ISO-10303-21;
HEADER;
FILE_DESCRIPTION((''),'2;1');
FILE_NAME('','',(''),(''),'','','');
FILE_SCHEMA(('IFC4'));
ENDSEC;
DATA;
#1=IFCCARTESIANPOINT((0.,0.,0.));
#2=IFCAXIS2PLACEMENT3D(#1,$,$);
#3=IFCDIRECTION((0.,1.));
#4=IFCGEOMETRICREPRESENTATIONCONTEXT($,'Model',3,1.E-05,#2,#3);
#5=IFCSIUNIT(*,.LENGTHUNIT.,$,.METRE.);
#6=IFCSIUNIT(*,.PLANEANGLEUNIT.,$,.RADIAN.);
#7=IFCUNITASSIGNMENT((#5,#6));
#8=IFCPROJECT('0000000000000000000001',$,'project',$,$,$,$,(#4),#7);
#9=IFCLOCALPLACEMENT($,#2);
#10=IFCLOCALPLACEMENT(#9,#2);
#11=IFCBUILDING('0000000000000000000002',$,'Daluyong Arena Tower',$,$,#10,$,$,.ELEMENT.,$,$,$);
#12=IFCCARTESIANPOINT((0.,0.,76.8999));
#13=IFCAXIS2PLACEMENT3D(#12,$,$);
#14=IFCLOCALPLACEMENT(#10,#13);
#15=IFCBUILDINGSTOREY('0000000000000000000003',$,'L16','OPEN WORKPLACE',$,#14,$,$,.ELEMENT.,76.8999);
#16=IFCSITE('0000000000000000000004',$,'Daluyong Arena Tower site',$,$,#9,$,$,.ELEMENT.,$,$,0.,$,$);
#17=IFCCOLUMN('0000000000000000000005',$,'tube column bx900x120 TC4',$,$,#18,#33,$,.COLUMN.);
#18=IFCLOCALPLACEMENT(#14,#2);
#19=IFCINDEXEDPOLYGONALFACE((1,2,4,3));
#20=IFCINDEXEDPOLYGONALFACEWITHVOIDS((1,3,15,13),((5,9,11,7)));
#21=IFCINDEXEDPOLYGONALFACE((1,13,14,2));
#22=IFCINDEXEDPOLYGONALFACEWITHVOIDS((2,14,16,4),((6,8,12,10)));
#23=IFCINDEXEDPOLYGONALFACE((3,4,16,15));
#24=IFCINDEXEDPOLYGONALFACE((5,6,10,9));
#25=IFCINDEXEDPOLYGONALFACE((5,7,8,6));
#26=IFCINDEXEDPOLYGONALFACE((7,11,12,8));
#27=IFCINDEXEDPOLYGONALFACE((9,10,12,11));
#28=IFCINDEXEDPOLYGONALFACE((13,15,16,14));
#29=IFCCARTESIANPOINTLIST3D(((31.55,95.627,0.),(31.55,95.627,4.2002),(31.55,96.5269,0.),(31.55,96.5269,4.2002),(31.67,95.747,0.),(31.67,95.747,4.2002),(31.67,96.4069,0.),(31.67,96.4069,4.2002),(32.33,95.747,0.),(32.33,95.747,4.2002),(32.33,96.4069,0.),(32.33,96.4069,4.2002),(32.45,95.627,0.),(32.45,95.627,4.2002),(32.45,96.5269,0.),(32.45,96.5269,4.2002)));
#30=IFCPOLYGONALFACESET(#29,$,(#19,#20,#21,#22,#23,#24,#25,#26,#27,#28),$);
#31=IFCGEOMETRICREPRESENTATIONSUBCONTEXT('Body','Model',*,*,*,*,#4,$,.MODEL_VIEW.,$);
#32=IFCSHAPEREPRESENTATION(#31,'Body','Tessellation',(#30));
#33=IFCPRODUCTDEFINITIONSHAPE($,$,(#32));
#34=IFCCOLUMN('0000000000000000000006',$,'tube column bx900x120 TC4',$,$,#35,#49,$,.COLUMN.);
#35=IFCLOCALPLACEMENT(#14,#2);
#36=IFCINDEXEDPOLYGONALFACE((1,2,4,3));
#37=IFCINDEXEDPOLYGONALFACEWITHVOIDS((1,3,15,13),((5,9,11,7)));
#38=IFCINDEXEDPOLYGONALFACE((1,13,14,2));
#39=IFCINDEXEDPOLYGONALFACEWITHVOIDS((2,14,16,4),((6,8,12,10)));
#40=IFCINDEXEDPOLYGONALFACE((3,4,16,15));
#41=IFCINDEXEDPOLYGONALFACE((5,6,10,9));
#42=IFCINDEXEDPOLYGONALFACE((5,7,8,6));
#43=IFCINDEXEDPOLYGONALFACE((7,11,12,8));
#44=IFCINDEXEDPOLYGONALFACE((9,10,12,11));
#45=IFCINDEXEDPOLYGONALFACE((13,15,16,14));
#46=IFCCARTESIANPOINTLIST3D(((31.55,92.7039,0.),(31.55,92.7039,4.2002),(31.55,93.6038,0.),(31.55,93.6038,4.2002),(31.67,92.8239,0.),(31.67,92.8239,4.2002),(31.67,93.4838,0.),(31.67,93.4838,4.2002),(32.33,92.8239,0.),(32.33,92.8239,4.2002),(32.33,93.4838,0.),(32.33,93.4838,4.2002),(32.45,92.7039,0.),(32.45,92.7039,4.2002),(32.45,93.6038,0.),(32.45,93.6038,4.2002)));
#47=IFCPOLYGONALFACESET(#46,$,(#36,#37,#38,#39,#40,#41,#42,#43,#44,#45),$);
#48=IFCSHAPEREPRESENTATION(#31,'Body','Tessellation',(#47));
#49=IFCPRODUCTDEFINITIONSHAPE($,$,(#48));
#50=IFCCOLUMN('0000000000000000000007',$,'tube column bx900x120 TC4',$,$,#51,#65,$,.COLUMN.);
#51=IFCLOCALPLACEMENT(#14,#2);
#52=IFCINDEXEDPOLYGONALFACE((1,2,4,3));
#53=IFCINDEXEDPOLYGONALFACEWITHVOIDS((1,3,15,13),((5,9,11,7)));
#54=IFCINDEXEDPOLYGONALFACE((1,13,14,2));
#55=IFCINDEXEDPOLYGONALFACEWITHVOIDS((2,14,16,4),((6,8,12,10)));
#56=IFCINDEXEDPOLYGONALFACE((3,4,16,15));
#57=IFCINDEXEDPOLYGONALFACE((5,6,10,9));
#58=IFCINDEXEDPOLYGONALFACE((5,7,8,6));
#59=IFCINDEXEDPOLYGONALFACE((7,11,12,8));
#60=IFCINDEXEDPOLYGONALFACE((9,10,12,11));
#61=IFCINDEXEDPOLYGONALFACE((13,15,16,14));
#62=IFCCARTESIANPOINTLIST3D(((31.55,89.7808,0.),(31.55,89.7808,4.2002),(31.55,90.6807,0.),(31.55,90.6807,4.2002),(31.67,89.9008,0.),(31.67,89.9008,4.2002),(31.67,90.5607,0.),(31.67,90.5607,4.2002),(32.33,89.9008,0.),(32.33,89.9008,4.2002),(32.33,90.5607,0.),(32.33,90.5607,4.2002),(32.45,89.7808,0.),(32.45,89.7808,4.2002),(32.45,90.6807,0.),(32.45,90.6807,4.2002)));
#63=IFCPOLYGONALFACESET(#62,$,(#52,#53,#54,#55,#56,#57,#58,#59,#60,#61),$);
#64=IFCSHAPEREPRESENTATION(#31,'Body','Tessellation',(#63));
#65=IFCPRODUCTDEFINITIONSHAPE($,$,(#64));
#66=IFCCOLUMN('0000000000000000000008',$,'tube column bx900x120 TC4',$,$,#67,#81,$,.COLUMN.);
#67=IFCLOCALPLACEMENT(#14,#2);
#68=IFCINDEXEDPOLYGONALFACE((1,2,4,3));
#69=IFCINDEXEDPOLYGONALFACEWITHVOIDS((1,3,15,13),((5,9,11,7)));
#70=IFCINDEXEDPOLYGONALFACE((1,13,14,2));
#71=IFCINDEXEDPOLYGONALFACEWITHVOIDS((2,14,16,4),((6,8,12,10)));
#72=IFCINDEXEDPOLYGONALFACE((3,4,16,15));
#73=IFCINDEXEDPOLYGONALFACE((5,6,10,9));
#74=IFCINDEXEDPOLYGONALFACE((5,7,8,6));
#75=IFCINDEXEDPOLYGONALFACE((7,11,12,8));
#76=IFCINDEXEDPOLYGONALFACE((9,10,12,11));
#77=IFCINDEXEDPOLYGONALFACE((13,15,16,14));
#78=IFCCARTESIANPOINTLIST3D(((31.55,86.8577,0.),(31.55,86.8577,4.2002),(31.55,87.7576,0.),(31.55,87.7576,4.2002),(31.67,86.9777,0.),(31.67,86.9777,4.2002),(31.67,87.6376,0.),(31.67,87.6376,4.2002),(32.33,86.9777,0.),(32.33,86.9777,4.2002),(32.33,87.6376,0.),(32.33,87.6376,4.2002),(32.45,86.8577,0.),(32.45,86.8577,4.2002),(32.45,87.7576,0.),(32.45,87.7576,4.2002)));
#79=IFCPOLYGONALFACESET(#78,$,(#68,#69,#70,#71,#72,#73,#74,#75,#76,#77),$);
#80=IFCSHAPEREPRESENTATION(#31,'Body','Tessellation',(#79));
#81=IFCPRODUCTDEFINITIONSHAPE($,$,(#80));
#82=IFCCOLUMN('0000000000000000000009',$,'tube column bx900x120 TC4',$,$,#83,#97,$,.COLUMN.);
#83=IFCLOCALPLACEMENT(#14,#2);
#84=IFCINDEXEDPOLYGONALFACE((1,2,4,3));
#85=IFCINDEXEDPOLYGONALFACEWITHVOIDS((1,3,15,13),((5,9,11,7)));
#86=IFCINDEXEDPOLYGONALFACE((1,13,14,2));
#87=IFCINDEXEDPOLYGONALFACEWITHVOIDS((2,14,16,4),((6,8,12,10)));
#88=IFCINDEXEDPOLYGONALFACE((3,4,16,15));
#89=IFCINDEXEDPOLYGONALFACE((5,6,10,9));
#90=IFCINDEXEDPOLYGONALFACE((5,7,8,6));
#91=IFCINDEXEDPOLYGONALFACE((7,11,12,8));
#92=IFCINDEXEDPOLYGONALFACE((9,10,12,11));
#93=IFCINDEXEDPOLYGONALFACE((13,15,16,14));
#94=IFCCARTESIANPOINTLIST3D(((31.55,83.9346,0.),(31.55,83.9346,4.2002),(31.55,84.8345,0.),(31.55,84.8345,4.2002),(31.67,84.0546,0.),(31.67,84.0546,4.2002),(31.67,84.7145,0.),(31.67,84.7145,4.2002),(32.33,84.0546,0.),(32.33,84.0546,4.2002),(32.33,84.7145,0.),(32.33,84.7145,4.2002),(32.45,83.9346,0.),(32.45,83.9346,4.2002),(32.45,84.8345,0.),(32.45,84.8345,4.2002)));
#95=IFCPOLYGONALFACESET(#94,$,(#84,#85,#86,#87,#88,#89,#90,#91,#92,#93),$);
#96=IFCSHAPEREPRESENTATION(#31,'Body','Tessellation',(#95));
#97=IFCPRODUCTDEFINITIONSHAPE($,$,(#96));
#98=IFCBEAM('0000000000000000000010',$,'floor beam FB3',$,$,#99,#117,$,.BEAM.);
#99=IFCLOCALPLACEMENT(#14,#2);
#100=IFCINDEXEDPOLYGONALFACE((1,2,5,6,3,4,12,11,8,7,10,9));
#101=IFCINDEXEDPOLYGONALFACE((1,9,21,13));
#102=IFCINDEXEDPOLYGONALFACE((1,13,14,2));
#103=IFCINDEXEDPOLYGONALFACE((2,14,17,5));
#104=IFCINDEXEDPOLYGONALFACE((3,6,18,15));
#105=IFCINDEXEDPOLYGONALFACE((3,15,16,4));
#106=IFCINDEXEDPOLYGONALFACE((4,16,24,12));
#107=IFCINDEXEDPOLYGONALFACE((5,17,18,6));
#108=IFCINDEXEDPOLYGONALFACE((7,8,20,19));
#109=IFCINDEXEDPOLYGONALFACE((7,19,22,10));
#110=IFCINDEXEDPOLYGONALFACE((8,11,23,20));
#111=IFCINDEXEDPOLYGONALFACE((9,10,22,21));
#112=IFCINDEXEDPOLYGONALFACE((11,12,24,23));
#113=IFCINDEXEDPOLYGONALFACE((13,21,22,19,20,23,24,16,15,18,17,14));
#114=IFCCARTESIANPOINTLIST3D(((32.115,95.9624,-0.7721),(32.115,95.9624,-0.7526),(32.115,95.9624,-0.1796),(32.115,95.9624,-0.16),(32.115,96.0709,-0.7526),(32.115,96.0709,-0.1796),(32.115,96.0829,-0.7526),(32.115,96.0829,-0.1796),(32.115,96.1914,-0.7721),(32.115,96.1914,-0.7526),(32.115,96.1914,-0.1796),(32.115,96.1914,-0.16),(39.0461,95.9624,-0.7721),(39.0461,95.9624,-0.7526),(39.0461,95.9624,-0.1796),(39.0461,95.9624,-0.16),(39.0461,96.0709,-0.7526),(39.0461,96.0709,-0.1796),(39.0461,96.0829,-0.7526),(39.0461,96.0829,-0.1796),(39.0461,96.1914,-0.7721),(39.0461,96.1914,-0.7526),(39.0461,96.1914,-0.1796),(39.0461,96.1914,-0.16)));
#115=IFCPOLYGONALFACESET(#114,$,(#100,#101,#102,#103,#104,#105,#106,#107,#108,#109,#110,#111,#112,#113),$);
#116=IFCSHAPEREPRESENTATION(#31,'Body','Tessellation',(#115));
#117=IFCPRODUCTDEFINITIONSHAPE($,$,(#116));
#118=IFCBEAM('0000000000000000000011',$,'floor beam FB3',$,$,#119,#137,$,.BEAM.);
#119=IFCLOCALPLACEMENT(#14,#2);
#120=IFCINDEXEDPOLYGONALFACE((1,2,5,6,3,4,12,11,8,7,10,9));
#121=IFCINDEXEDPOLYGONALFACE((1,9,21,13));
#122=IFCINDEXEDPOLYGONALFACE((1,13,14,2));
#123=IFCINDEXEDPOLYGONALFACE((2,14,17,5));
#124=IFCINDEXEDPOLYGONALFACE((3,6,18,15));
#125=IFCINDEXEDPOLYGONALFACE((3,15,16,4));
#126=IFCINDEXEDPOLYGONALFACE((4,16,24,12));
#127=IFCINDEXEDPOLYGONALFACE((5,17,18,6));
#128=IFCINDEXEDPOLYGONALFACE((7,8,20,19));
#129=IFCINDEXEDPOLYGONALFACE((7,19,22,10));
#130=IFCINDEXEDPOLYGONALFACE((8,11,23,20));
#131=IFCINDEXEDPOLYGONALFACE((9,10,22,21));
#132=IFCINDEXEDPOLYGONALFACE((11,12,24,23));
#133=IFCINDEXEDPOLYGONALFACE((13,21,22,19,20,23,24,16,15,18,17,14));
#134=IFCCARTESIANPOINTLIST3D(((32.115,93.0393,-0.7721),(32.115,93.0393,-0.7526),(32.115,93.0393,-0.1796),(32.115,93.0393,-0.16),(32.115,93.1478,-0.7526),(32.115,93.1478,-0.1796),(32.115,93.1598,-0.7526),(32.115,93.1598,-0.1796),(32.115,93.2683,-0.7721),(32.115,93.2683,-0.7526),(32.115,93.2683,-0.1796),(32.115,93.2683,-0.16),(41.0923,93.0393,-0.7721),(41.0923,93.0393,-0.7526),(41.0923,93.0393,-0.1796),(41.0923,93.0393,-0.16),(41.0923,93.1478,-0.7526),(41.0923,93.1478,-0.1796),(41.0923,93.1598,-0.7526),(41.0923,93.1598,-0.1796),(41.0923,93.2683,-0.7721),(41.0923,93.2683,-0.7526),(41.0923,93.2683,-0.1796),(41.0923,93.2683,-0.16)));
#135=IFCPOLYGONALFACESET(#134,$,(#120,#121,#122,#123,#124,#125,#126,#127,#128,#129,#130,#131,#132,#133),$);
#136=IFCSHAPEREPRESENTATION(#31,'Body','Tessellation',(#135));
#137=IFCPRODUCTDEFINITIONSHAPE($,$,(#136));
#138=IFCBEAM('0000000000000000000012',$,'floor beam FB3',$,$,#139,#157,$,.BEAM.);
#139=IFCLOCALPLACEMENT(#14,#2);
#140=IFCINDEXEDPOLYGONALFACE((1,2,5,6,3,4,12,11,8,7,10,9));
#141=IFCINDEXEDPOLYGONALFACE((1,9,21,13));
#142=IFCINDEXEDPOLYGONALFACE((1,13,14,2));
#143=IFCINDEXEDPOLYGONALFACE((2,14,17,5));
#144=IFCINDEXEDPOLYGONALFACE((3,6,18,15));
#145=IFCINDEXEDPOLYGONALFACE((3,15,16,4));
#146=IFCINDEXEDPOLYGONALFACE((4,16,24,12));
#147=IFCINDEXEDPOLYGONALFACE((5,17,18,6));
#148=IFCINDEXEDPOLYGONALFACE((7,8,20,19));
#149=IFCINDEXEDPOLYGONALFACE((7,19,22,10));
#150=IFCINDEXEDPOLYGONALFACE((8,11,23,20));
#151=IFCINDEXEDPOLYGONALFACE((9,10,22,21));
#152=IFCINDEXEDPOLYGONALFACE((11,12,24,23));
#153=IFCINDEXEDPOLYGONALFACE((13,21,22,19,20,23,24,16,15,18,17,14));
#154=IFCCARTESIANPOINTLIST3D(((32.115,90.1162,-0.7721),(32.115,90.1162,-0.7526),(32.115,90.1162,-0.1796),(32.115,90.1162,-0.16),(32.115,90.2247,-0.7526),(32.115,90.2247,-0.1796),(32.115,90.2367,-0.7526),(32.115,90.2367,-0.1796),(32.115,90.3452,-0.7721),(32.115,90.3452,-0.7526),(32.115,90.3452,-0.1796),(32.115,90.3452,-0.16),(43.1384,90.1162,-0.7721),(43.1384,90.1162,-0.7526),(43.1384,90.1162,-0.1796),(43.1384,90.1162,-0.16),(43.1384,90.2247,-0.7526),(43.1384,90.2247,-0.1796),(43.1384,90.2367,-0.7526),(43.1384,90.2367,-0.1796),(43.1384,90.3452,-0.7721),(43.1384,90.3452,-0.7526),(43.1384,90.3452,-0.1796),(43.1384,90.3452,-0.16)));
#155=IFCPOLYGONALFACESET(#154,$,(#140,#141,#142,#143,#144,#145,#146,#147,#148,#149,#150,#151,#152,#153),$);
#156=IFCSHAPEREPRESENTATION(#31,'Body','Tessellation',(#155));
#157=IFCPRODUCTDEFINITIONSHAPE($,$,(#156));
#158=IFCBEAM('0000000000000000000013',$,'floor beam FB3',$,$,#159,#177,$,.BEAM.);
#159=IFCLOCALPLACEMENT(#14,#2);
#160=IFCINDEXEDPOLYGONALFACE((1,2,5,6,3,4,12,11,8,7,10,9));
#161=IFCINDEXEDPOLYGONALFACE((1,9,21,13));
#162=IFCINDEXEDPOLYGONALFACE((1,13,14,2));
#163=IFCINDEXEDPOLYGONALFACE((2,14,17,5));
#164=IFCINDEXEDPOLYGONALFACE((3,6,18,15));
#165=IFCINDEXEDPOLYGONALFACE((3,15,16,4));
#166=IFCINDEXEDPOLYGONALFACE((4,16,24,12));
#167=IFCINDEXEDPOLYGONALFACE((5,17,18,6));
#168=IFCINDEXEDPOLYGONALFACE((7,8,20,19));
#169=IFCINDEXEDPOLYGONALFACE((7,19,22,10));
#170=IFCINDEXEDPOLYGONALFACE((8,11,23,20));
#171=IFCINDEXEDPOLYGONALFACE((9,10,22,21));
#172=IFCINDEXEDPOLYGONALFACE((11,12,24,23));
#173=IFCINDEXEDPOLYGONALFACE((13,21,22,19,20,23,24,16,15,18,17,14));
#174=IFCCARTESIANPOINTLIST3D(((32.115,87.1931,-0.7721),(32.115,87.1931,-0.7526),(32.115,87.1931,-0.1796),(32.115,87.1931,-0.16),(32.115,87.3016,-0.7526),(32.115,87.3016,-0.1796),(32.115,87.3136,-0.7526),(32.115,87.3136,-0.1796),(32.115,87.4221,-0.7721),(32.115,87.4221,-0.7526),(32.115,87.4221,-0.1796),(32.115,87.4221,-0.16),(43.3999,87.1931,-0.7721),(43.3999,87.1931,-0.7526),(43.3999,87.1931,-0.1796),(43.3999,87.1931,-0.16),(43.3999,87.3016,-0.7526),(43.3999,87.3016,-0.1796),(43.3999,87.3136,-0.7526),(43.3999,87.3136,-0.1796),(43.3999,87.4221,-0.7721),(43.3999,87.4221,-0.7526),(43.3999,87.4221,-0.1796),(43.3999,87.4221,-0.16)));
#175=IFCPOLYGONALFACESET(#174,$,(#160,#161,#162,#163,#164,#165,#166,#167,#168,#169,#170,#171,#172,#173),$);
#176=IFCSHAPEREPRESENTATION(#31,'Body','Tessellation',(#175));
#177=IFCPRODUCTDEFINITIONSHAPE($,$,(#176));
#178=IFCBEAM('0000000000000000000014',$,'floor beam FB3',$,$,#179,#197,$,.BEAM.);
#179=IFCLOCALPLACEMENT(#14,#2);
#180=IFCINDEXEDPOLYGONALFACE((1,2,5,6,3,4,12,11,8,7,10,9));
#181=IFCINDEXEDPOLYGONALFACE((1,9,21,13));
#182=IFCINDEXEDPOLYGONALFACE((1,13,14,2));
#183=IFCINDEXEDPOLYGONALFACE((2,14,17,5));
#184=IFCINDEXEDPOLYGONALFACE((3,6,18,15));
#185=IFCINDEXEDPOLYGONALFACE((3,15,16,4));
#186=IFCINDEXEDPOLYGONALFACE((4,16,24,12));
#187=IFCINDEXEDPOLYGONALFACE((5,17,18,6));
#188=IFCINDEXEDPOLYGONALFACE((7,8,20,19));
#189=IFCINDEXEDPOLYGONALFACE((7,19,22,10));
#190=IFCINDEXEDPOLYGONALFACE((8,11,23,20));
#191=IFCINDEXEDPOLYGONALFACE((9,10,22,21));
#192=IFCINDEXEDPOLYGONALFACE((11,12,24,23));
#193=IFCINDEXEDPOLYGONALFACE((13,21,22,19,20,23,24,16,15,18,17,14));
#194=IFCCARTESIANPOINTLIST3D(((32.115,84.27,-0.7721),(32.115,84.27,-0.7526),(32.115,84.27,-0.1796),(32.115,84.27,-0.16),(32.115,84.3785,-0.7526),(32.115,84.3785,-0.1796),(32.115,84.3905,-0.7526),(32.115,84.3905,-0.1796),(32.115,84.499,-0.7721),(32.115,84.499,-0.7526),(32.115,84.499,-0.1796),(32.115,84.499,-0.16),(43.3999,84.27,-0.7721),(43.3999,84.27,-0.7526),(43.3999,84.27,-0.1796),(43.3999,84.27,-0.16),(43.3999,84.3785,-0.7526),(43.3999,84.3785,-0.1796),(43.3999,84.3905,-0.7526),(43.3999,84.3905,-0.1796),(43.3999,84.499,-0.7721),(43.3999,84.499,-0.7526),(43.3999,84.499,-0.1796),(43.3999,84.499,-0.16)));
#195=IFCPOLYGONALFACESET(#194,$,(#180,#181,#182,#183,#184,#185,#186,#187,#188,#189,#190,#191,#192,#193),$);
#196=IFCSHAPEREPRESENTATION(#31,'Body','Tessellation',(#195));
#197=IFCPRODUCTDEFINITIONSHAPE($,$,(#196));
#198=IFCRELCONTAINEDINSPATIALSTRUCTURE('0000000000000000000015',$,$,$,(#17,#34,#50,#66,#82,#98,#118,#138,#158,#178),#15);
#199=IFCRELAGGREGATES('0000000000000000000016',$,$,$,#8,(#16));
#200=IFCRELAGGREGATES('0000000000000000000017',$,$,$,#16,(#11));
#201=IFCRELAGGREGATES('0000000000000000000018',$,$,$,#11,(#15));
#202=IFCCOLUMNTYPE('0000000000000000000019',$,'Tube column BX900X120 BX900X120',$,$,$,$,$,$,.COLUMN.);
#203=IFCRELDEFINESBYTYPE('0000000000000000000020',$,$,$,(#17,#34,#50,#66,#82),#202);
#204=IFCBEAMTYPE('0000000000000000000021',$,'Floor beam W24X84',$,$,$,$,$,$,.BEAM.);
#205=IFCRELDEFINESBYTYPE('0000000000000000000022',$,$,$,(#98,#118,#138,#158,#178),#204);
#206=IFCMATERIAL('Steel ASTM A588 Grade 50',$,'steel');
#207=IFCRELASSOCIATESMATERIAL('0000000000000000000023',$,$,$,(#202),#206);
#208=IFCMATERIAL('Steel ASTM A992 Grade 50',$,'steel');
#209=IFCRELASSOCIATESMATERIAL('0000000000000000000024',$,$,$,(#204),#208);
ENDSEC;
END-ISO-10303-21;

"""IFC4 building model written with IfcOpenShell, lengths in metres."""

from ifc_helpers import new_model, si_unit, direction, frame, origin, origin_2d, place, context, subcontext, project, spatial, hollow_rectangle, i_section, extrude, material, material_profile, profile_set, type_object, element, save


model = new_model("IFC4")

# Units and contexts
model_context = context("Model", 3, precision=1e-05, world=origin(), true_north=direction((0.0, 1.0)))
body_context = subcontext(model_context, "Body", "Model", "MODEL_VIEW")
ifc_project = project(units=[si_unit("LENGTHUNIT", "METRE"), si_unit("PLANEANGLEUNIT", "RADIAN")], contexts=[model_context])

# Site, building, storey
site_placement = place(None, origin())
site = spatial("IfcSite", under=ifc_project, at=site_placement, Name="Daluyong Arena Tower site", CompositionType="ELEMENT", RefElevation=0.0)
building_placement = place(site_placement, origin())
building = spatial("IfcBuilding", under=site, at=building_placement, Name="Daluyong Arena Tower", CompositionType="ELEMENT")
storey_placement = place(building_placement, frame((0.0, 0.0, 76.8999)))
storey = spatial("IfcBuildingStorey", under=building, at=storey_placement, Name="L16", Description="OPEN WORKPLACE", CompositionType="ELEMENT", Elevation=76.8999)

# Columns
ifc_material_1 = material(Name="Steel ASTM A588 Grade 50", Category="steel")
ifc_material_profile_1 = material_profile(ifc_material_1, hollow_rectangle(XDim=0.8999, YDim=0.8999, WallThickness=0.12, at=origin_2d()))
ifc_profile_set_1 = profile_set([ifc_material_profile_1], Name="Steel ASTM A588 Grade 50")
column_type = type_object("IfcColumnType", Name="Tube column BX900X120 BX900X120", PredefinedType="COLUMN", material=ifc_profile_set_1)
for number, where, z_axis, x_axis, name in (
    (1, (32.0, 96.0769, 0.0), (0.0, 0.0, 1.0), (0.0, 1.0, 0.0), "tube column bx900x120 TC4"),
    (2, (32.0, 93.1538, 0.0), (0.0, 0.0, 1.0), (0.0, 1.0, 0.0), "tube column bx900x120 TC4"),
    (3, (32.0, 90.2307, 0.0), (0.0, 0.0, 1.0), (0.0, 1.0, 0.0), "tube column bx900x120 TC4"),
    (4, (32.0, 87.3076, 0.0), (0.0, 0.0, 1.0), (0.0, 1.0, 0.0), "tube column bx900x120 TC4"),
    (5, (32.0, 84.3845, 0.0), (0.0, 0.0, 1.0), (0.0, 1.0, 0.0), "tube column bx900x120 TC4"),
):
    element("IfcColumn", number, at=place(storey_placement, frame(where, z_axis=z_axis, x_axis=x_axis)), inside=storey, type_object=column_type, Name=name, PredefinedType="COLUMN", context=body_context, shape_type="SweptSolid", body=[
        extrude(hollow_rectangle(XDim=0.8999, YDim=0.8999, WallThickness=0.12, at=origin_2d()), origin(), (0.0, 0.0, 1.0), 4.2002),
    ])

# Beams
ifc_material_2 = material(Name="Steel ASTM A992 Grade 50", Category="steel")
ifc_material_profile_2 = material_profile(ifc_material_2, i_section(OverallWidth=0.229, OverallDepth=0.6121, WebThickness=0.012, FlangeThickness=0.0195, at=origin_2d()))
ifc_profile_set_2 = profile_set([ifc_material_profile_2], Name="Steel ASTM A992 Grade 50")
beam_type_1 = type_object("IfcBeamType", Name="Floor beam W24X84", PredefinedType="BEAM", material=ifc_profile_set_2)
beam_1_placement = place(storey_placement, frame((32.115, 96.0769, -0.4661), z_axis=(1.0, 0.0, 0.0), x_axis=(0.0, 1.0, 0.0)))
element("IfcBeam", 6, at=beam_1_placement, inside=storey, type_object=beam_type_1, Name="floor beam FB3", PredefinedType="BEAM", context=body_context, shape_type="SweptSolid", body=[
    extrude(i_section(OverallWidth=0.229, OverallDepth=0.6121, WebThickness=0.012, FlangeThickness=0.0195, at=origin_2d()), origin(), (0.0, 0.0, 1.0), 6.9312),
])
beam_2_placement = place(storey_placement, frame((32.115, 93.1538, -0.4661), z_axis=(1.0, 0.0, 0.0), x_axis=(0.0, 1.0, 0.0)))
element("IfcBeam", 7, at=beam_2_placement, inside=storey, type_object=beam_type_1, Name="floor beam FB3", PredefinedType="BEAM", context=body_context, shape_type="SweptSolid", body=[
    extrude(i_section(OverallWidth=0.229, OverallDepth=0.6121, WebThickness=0.012, FlangeThickness=0.0195, at=origin_2d()), origin(), (0.0, 0.0, 1.0), 8.9773),
])
beam_3_placement = place(storey_placement, frame((32.115, 90.2307, -0.4661), z_axis=(1.0, 0.0, 0.0), x_axis=(0.0, 1.0, 0.0)))
element("IfcBeam", 8, at=beam_3_placement, inside=storey, type_object=beam_type_1, Name="floor beam FB3", PredefinedType="BEAM", context=body_context, shape_type="SweptSolid", body=[
    extrude(i_section(OverallWidth=0.229, OverallDepth=0.6121, WebThickness=0.012, FlangeThickness=0.0195, at=origin_2d()), origin(), (0.0, 0.0, 1.0), 11.0234),
])
for number, where, z_axis, x_axis, name in (
    (9, (32.115, 87.3076, -0.4661), (1.0, 0.0, 0.0), (0.0, 1.0, 0.0), "floor beam FB3"),
    (10, (32.115, 84.3845, -0.4661), (1.0, 0.0, 0.0), (0.0, 1.0, 0.0), "floor beam FB3"),
):
    element("IfcBeam", number, at=place(storey_placement, frame(where, z_axis=z_axis, x_axis=x_axis)), inside=storey, type_object=beam_type_1, Name=name, PredefinedType="BEAM", context=body_context, shape_type="SweptSolid", body=[
        extrude(i_section(OverallWidth=0.229, OverallDepth=0.6121, WebThickness=0.012, FlangeThickness=0.0195, at=origin_2d()), origin(), (0.0, 0.0, 1.0), 11.2849),
    ])

save(model, "model.ifc")
